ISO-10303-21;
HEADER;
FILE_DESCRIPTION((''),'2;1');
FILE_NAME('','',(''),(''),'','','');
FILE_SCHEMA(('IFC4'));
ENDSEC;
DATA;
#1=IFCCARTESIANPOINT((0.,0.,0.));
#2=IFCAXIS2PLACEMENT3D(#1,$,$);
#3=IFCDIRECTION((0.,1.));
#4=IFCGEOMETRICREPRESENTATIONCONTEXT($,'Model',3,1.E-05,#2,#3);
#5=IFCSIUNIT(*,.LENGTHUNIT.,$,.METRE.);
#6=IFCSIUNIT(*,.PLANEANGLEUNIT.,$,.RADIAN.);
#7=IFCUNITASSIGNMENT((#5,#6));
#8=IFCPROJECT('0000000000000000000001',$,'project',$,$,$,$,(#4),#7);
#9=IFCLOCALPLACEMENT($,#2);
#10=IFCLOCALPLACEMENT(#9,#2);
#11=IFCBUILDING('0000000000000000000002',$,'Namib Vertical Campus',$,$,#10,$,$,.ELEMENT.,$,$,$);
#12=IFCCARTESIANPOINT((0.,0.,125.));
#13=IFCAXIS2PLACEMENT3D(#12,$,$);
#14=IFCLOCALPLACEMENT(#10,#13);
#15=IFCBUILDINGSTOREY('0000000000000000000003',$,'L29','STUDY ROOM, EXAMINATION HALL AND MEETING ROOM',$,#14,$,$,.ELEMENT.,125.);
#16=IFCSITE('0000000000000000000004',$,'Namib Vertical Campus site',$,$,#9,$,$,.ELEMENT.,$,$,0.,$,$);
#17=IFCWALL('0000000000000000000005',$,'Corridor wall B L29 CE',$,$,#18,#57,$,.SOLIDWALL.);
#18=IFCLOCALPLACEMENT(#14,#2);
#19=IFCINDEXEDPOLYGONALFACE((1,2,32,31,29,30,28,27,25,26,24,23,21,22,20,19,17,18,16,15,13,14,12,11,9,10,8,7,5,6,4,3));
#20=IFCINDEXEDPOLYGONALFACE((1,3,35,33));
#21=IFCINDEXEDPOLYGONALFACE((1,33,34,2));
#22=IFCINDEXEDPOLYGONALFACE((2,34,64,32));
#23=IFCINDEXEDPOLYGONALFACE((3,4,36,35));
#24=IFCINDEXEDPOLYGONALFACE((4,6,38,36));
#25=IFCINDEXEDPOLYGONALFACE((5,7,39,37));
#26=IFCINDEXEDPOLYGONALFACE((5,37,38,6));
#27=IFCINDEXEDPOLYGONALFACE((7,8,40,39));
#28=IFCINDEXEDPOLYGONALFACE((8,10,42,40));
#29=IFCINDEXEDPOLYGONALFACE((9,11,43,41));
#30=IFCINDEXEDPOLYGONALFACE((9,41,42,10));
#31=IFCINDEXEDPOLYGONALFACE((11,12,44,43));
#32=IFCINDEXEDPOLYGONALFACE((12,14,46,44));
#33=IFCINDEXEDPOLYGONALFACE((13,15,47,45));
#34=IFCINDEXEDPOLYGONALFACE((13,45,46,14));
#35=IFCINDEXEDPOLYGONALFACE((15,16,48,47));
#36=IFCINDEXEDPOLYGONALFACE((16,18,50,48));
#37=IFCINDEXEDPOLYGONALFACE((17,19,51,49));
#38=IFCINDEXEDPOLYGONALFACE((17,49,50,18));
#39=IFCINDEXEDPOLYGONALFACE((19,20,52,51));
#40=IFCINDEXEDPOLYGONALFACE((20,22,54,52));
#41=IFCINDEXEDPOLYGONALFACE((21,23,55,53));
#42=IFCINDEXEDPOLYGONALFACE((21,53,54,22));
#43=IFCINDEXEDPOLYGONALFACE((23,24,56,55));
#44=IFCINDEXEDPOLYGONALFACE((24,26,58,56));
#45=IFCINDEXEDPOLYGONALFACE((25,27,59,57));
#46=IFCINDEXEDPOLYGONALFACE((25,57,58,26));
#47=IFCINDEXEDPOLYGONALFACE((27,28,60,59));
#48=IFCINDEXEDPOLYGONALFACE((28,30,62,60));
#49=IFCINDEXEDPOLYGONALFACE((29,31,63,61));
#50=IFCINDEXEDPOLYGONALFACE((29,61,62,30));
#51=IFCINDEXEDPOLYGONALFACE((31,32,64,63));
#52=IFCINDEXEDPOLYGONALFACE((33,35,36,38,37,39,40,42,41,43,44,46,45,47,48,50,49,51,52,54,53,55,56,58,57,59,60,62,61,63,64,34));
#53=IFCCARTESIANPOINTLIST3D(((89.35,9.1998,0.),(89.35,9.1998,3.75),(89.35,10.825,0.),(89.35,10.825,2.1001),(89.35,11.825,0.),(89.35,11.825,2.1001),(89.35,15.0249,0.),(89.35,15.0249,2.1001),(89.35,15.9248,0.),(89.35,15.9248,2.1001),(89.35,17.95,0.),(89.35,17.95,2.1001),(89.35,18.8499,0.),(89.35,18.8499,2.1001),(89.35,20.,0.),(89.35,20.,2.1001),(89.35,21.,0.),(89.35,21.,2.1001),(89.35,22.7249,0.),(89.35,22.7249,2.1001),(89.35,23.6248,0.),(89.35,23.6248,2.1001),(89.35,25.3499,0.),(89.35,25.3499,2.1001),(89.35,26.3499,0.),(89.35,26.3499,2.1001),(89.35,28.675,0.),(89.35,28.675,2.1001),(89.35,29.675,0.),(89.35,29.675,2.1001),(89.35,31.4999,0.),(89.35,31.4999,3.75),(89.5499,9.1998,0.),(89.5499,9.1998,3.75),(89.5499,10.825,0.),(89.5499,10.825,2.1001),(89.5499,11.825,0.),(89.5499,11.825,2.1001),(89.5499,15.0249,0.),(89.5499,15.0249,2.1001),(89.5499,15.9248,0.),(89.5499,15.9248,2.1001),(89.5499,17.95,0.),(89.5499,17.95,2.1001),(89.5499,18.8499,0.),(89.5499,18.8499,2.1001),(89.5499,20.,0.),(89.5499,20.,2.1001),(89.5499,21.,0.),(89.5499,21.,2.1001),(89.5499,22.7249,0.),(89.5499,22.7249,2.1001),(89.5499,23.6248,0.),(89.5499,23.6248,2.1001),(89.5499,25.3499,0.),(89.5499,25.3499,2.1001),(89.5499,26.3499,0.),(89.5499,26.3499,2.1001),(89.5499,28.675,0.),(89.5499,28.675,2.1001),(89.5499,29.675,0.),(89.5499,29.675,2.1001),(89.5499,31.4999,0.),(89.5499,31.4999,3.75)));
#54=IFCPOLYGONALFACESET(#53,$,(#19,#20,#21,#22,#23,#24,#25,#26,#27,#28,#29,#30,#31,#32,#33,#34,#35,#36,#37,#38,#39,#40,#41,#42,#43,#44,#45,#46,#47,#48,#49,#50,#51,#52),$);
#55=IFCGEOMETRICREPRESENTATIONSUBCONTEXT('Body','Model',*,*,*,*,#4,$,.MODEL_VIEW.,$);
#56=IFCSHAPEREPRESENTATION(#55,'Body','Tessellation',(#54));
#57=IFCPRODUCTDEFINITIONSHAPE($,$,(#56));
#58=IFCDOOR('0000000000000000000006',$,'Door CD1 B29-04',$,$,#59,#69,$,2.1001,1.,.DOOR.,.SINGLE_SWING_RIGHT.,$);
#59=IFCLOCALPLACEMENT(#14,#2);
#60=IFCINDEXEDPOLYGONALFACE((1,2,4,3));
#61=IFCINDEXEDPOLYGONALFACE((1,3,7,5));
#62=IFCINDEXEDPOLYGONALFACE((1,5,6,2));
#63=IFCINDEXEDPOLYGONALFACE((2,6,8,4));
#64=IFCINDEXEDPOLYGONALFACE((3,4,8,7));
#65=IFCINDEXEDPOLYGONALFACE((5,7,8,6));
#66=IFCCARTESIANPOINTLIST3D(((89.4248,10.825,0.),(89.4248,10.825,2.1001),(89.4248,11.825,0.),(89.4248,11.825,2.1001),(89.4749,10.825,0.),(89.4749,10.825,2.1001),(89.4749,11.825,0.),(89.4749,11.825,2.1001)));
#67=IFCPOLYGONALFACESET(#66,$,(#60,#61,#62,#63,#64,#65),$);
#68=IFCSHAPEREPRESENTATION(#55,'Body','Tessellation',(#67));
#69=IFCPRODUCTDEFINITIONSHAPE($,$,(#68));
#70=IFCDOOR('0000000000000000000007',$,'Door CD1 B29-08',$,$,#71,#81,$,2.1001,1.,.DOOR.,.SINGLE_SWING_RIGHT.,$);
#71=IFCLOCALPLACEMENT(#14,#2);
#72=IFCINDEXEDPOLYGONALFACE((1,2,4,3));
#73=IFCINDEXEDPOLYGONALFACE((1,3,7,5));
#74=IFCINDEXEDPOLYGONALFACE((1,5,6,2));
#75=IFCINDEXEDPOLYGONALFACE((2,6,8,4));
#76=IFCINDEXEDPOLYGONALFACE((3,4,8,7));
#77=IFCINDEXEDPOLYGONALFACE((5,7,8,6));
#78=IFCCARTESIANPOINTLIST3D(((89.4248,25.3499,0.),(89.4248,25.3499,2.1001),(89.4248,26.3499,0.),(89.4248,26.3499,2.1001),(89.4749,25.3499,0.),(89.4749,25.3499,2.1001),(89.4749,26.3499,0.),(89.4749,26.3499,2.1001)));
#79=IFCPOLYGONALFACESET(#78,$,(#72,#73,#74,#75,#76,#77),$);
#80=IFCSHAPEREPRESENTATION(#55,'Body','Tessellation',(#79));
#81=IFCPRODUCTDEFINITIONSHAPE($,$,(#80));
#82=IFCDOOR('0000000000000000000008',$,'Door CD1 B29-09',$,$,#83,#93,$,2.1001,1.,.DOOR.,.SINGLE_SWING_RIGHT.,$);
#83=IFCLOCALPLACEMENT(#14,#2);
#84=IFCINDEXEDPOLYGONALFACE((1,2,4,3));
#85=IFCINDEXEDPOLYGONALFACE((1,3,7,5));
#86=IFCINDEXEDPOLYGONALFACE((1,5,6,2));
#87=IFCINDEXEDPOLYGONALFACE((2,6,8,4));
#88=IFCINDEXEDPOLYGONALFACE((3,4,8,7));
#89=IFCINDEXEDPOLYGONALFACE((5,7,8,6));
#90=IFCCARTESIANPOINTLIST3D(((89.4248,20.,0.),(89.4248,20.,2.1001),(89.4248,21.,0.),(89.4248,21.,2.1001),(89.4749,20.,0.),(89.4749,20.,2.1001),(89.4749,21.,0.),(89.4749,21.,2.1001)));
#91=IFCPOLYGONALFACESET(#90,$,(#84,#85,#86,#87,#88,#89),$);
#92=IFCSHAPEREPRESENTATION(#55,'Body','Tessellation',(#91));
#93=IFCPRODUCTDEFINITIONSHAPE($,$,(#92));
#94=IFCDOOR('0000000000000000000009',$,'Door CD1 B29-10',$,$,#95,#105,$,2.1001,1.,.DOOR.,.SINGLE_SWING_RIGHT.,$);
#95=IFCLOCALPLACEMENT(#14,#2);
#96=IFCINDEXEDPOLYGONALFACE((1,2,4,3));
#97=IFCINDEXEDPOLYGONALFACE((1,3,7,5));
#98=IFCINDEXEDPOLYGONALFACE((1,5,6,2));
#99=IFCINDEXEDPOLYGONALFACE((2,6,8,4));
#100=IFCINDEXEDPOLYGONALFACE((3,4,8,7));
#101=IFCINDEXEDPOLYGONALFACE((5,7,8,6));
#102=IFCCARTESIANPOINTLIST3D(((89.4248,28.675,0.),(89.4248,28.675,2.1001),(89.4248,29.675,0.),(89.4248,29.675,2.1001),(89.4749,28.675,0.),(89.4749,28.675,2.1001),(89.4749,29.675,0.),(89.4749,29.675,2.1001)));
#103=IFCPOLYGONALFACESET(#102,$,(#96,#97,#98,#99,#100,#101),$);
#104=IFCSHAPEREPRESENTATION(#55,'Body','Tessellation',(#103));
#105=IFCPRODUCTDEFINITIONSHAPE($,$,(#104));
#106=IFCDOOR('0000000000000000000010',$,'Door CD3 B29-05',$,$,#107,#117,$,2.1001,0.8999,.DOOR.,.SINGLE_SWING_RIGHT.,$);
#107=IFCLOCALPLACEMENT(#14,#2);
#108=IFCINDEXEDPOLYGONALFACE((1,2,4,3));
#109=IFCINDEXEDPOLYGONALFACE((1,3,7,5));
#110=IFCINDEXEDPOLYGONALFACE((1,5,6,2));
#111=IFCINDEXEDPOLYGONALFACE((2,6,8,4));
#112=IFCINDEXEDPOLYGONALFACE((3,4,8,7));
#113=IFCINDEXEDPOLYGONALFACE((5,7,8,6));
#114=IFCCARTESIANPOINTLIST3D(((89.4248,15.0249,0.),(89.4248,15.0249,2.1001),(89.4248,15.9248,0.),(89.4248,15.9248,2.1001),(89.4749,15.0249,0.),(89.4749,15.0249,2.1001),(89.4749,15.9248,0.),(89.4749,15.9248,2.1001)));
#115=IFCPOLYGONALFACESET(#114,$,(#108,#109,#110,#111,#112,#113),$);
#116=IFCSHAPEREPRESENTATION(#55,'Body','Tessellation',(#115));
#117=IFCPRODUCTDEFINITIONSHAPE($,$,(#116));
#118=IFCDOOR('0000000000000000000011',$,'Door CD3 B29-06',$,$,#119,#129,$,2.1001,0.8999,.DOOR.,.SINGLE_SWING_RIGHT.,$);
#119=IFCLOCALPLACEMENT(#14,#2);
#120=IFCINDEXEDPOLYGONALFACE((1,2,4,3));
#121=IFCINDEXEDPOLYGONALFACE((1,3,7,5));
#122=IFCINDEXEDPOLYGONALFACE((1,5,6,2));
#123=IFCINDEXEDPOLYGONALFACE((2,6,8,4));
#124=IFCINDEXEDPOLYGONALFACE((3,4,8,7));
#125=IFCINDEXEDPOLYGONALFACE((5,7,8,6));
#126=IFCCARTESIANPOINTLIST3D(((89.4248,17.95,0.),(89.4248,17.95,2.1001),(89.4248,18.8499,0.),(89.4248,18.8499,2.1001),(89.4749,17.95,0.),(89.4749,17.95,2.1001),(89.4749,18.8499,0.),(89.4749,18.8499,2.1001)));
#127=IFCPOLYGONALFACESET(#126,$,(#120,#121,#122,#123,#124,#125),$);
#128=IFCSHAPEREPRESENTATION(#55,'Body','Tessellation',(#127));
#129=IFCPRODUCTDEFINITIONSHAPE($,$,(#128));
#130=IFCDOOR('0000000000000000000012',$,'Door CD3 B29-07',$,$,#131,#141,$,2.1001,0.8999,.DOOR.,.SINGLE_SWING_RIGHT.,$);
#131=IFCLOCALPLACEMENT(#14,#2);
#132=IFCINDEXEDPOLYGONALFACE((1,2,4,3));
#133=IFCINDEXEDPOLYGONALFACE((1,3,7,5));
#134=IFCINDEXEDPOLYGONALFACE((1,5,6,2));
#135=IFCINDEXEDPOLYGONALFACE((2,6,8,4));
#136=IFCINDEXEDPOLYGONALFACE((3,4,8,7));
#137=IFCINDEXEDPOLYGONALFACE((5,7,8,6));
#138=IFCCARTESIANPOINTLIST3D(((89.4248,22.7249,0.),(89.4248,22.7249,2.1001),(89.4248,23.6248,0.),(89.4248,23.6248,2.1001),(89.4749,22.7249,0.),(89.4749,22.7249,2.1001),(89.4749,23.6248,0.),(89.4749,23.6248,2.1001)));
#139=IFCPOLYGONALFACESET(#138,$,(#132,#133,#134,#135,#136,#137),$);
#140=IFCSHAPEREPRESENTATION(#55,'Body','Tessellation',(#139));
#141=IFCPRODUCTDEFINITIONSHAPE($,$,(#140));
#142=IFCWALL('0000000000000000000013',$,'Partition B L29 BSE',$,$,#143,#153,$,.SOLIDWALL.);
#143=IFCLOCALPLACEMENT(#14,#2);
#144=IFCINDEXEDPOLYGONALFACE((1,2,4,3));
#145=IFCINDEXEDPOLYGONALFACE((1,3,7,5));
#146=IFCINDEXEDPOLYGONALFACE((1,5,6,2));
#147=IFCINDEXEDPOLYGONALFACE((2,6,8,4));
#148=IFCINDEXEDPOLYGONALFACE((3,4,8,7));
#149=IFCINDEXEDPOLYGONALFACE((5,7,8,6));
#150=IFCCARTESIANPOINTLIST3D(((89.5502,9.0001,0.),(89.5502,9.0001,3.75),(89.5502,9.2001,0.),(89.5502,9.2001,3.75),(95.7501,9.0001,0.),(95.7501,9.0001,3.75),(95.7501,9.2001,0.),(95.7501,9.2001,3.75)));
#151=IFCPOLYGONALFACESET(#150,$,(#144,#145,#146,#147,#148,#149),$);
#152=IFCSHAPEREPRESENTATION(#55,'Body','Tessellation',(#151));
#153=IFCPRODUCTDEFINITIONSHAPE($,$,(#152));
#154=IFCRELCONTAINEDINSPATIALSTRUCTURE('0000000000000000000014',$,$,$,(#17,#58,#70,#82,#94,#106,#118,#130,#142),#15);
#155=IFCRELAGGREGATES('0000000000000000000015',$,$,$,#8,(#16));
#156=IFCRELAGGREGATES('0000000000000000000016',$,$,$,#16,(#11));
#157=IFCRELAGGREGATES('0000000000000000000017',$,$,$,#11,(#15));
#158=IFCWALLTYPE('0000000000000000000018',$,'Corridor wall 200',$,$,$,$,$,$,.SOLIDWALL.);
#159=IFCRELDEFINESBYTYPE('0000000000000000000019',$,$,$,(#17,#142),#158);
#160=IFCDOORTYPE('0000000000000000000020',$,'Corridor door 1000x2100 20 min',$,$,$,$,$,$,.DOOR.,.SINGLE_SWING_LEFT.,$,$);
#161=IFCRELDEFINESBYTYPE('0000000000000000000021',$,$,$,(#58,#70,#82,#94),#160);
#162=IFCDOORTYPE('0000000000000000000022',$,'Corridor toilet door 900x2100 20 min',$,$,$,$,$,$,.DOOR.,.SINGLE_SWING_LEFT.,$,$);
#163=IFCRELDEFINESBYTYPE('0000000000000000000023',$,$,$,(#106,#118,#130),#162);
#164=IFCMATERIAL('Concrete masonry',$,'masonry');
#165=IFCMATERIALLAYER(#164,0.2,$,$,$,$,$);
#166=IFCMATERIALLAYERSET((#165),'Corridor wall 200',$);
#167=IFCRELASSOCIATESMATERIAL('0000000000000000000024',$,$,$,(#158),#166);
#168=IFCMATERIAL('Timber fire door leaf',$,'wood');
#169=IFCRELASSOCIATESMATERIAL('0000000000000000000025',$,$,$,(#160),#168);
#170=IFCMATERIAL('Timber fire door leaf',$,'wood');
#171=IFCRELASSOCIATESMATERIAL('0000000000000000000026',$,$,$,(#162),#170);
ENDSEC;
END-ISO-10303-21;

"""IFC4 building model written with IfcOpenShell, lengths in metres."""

from ifc_helpers import new_model, si_unit, direction, frame, frame_2d, origin, place, context, subcontext, project, spatial, rectangle, extrude, material, layer, layer_set, type_object, element, fill, save


model = new_model("IFC4")

# Units and contexts
model_context = context("Model", 3, precision=1e-05, world=origin(), true_north=direction((0.0, 1.0)))
body_context = subcontext(model_context, "Body", "Model", "MODEL_VIEW")
ifc_project = project(units=[si_unit("LENGTHUNIT", "METRE"), si_unit("PLANEANGLEUNIT", "RADIAN")], contexts=[model_context])

# Site, building, storey
site_placement = place(None, origin())
site = spatial("IfcSite", under=ifc_project, at=site_placement, Name="Namib Vertical Campus site", CompositionType="ELEMENT", RefElevation=0.0)
building_placement = place(site_placement, origin())
building = spatial("IfcBuilding", under=site, at=building_placement, Name="Namib Vertical Campus", CompositionType="ELEMENT")
storey_placement = place(building_placement, frame((0.0, 0.0, 125.0)))
storey = spatial("IfcBuildingStorey", under=building, at=storey_placement, Name="L29", Description="STUDY ROOM, EXAMINATION HALL AND MEETING ROOM", CompositionType="ELEMENT", Elevation=125.0)

# Wall, openings, doors
ifc_material_1 = material(Name="Concrete masonry", Category="masonry")
ifc_layer_1 = layer(ifc_material_1, 0.2)
ifc_layer_set_1 = layer_set([ifc_layer_1], Name="Corridor wall 200")
wall_type_1 = type_object("IfcWallType", Name="Corridor wall 200", PredefinedType="SOLIDWALL", material=ifc_layer_set_1)
wall_1_placement = place(storey_placement, frame((89.45, 9.2, 0.0), z_axis=(0.0, 0.0, 1.0), x_axis=(0.0, 1.0, 0.0)))
wall_1 = element("IfcWall", 1, at=wall_1_placement, inside=storey, type_object=wall_type_1, Name="Corridor wall B L29 CE", PredefinedType="SOLIDWALL", context=body_context, shape_type="SweptSolid", body=[
    extrude(rectangle(XDim=22.3, YDim=0.2, at=frame_2d((11.1499, 0.0))), origin(), (0.0, 0.0, 1.0), 3.75),
])
opening_1_placement = place(wall_1_placement, frame((1.625, 0.0, 0.0)))
opening_1 = element("IfcOpeningElement", 2, at=opening_1_placement, cuts=wall_1, PredefinedType="OPENING", context=body_context, shape_type="SweptSolid", body=[
    extrude(rectangle(XDim=1.0, YDim=2.1001, at=frame_2d((0.5, 1.05))), frame((0.0, 0.1099, 0.0), z_axis=(0.0, -1.0, 0.0), x_axis=(1.0, 0.0, 0.0)), (0.0, 0.0, 1.0), 0.22),
])
opening_2_placement = place(wall_1_placement, frame((5.825, 0.0, 0.0)))
opening_2 = element("IfcOpeningElement", 3, at=opening_2_placement, cuts=wall_1, PredefinedType="OPENING", context=body_context, shape_type="SweptSolid", body=[
    extrude(rectangle(XDim=0.8999, YDim=2.1001, at=frame_2d((0.45, 1.05))), frame((0.0, 0.1099, 0.0), z_axis=(0.0, -1.0, 0.0), x_axis=(1.0, 0.0, 0.0)), (0.0, 0.0, 1.0), 0.22),
])
opening_3_placement = place(wall_1_placement, frame((8.75, 0.0, 0.0)))
opening_3 = element("IfcOpeningElement", 4, at=opening_3_placement, cuts=wall_1, PredefinedType="OPENING", context=body_context, shape_type="SweptSolid", body=[
    extrude(rectangle(XDim=0.8999, YDim=2.1001, at=frame_2d((0.45, 1.05))), frame((0.0, 0.1099, 0.0), z_axis=(0.0, -1.0, 0.0), x_axis=(1.0, 0.0, 0.0)), (0.0, 0.0, 1.0), 0.22),
])
opening_4_placement = place(wall_1_placement, frame((13.5249, 0.0, 0.0)))
opening_4 = element("IfcOpeningElement", 5, at=opening_4_placement, cuts=wall_1, PredefinedType="OPENING", context=body_context, shape_type="SweptSolid", body=[
    extrude(rectangle(XDim=0.8999, YDim=2.1001, at=frame_2d((0.45, 1.05))), frame((0.0, 0.1099, 0.0), z_axis=(0.0, -1.0, 0.0), x_axis=(1.0, 0.0, 0.0)), (0.0, 0.0, 1.0), 0.22),
])
opening_5_placement = place(wall_1_placement, frame((16.1499, 0.0, 0.0)))
opening_5 = element("IfcOpeningElement", 6, at=opening_5_placement, cuts=wall_1, PredefinedType="OPENING", context=body_context, shape_type="SweptSolid", body=[
    extrude(rectangle(XDim=1.0, YDim=2.1001, at=frame_2d((0.5, 1.05))), frame((0.0, 0.1099, 0.0), z_axis=(0.0, -1.0, 0.0), x_axis=(1.0, 0.0, 0.0)), (0.0, 0.0, 1.0), 0.22),
])
opening_6_placement = place(wall_1_placement, frame((10.8, 0.0, 0.0)))
opening_6 = element("IfcOpeningElement", 7, at=opening_6_placement, cuts=wall_1, PredefinedType="OPENING", context=body_context, shape_type="SweptSolid", body=[
    extrude(rectangle(XDim=1.0, YDim=2.1001, at=frame_2d((0.5, 1.05))), frame((0.0, 0.1099, 0.0), z_axis=(0.0, -1.0, 0.0), x_axis=(1.0, 0.0, 0.0)), (0.0, 0.0, 1.0), 0.22),
])
opening_7_placement = place(wall_1_placement, frame((19.4751, 0.0, 0.0)))
opening_7 = element("IfcOpeningElement", 8, at=opening_7_placement, cuts=wall_1, PredefinedType="OPENING", context=body_context, shape_type="SweptSolid", body=[
    extrude(rectangle(XDim=1.0, YDim=2.1001, at=frame_2d((0.5, 1.05))), frame((0.0, 0.1099, 0.0), z_axis=(0.0, -1.0, 0.0), x_axis=(1.0, 0.0, 0.0)), (0.0, 0.0, 1.0), 0.22),
])
ifc_material_2 = material(Name="Timber fire door leaf", Category="wood")
door_type_1 = type_object("IfcDoorType", Name="Corridor door 1000x2100 20 min", OperationType="SINGLE_SWING_LEFT", PredefinedType="DOOR", material=ifc_material_2)
door_1_placement = place(opening_1_placement, frame((1.0, 0.0, 0.0), z_axis=(0.0, 0.0, 1.0), x_axis=(-1.0, 0.0, 0.0)))
door_1 = element("IfcDoor", 9, at=door_1_placement, inside=storey, type_object=door_type_1, Name="Door CD1 B29-04", OperationType="SINGLE_SWING_RIGHT", OverallHeight=2.1001, OverallWidth=1.0, PredefinedType="DOOR", context=body_context, shape_type="SweptSolid", body=[
    extrude(rectangle(XDim=1.0, YDim=2.1001, at=frame_2d((0.5, 1.05))), frame((0.0, 0.0249, 0.0), z_axis=(0.0, -1.0, 0.0), x_axis=(1.0, 0.0, 0.0)), (0.0, 0.0, 1.0), 0.05),
])
fill(opening_1, door_1)
door_2_placement = place(opening_5_placement, frame((1.0, 0.0, 0.0), z_axis=(0.0, 0.0, 1.0), x_axis=(-1.0, 0.0, 0.0)))
door_2 = element("IfcDoor", 10, at=door_2_placement, inside=storey, type_object=door_type_1, Name="Door CD1 B29-08", OperationType="SINGLE_SWING_RIGHT", OverallHeight=2.1001, OverallWidth=1.0, PredefinedType="DOOR", context=body_context, shape_type="SweptSolid", body=[
    extrude(rectangle(XDim=1.0, YDim=2.1001, at=frame_2d((0.5, 1.05))), frame((0.0, 0.0249, 0.0), z_axis=(0.0, -1.0, 0.0), x_axis=(1.0, 0.0, 0.0)), (0.0, 0.0, 1.0), 0.05),
])
fill(opening_5, door_2)
door_3_placement = place(opening_6_placement, frame((1.0, 0.0, 0.0), z_axis=(0.0, 0.0, 1.0), x_axis=(-1.0, 0.0, 0.0)))
door_3 = element("IfcDoor", 11, at=door_3_placement, inside=storey, type_object=door_type_1, Name="Door CD1 B29-09", OperationType="SINGLE_SWING_RIGHT", OverallHeight=2.1001, OverallWidth=1.0, PredefinedType="DOOR", context=body_context, shape_type="SweptSolid", body=[
    extrude(rectangle(XDim=1.0, YDim=2.1001, at=frame_2d((0.5, 1.05))), frame((0.0, 0.0249, 0.0), z_axis=(0.0, -1.0, 0.0), x_axis=(1.0, 0.0, 0.0)), (0.0, 0.0, 1.0), 0.05),
])
fill(opening_6, door_3)
door_4_placement = place(opening_7_placement, frame((1.0, 0.0, 0.0), z_axis=(0.0, 0.0, 1.0), x_axis=(-1.0, 0.0, 0.0)))
door_4 = element("IfcDoor", 12, at=door_4_placement, inside=storey, type_object=door_type_1, Name="Door CD1 B29-10", OperationType="SINGLE_SWING_RIGHT", OverallHeight=2.1001, OverallWidth=1.0, PredefinedType="DOOR", context=body_context, shape_type="SweptSolid", body=[
    extrude(rectangle(XDim=1.0, YDim=2.1001, at=frame_2d((0.5, 1.05))), frame((0.0, 0.0249, 0.0), z_axis=(0.0, -1.0, 0.0), x_axis=(1.0, 0.0, 0.0)), (0.0, 0.0, 1.0), 0.05),
])
fill(opening_7, door_4)
ifc_material_3 = material(Name="Timber fire door leaf", Category="wood")
door_type_2 = type_object("IfcDoorType", Name="Corridor toilet door 900x2100 20 min", OperationType="SINGLE_SWING_LEFT", PredefinedType="DOOR", material=ifc_material_3)
door_5_placement = place(opening_2_placement, frame((0.8999, 0.0, 0.0), z_axis=(0.0, 0.0, 1.0), x_axis=(-1.0, 0.0, 0.0)))
door_5 = element("IfcDoor", 13, at=door_5_placement, inside=storey, type_object=door_type_2, Name="Door CD3 B29-05", OperationType="SINGLE_SWING_RIGHT", OverallHeight=2.1001, OverallWidth=0.8999, PredefinedType="DOOR", context=body_context, shape_type="SweptSolid", body=[
    extrude(rectangle(XDim=0.8999, YDim=2.1001, at=frame_2d((0.45, 1.05))), frame((0.0, 0.0249, 0.0), z_axis=(0.0, -1.0, 0.0), x_axis=(1.0, 0.0, 0.0)), (0.0, 0.0, 1.0), 0.05),
])
fill(opening_2, door_5)
door_6_placement = place(opening_3_placement, frame((0.8999, 0.0, 0.0), z_axis=(0.0, 0.0, 1.0), x_axis=(-1.0, 0.0, 0.0)))
door_6 = element("IfcDoor", 14, at=door_6_placement, inside=storey, type_object=door_type_2, Name="Door CD3 B29-06", OperationType="SINGLE_SWING_RIGHT", OverallHeight=2.1001, OverallWidth=0.8999, PredefinedType="DOOR", context=body_context, shape_type="SweptSolid", body=[
    extrude(rectangle(XDim=0.8999, YDim=2.1001, at=frame_2d((0.45, 1.05))), frame((0.0, 0.0249, 0.0), z_axis=(0.0, -1.0, 0.0), x_axis=(1.0, 0.0, 0.0)), (0.0, 0.0, 1.0), 0.05),
])
fill(opening_3, door_6)
door_7_placement = place(opening_4_placement, frame((0.8999, 0.0, 0.0), z_axis=(0.0, 0.0, 1.0), x_axis=(-1.0, 0.0, 0.0)))
door_7 = element("IfcDoor", 15, at=door_7_placement, inside=storey, type_object=door_type_2, Name="Door CD3 B29-07", OperationType="SINGLE_SWING_RIGHT", OverallHeight=2.1001, OverallWidth=0.8999, PredefinedType="DOOR", context=body_context, shape_type="SweptSolid", body=[
    extrude(rectangle(XDim=0.8999, YDim=2.1001, at=frame_2d((0.45, 1.05))), frame((0.0, 0.0249, 0.0), z_axis=(0.0, -1.0, 0.0), x_axis=(1.0, 0.0, 0.0)), (0.0, 0.0, 1.0), 0.05),
])
fill(opening_4, door_7)

# Wall
wall_2_placement = place(storey_placement, frame((89.55, 9.1001, 0.0), z_axis=(0.0, 0.0, 1.0), x_axis=(1.0, 0.0, 0.0)))
element("IfcWall", 16, at=wall_2_placement, inside=storey, type_object=wall_type_1, Name="Partition B L29 BSE", PredefinedType="SOLIDWALL", context=body_context, shape_type="SweptSolid", body=[
    extrude(rectangle(XDim=6.2, YDim=0.2, at=frame_2d((3.1001, 0.0))), origin(), (0.0, 0.0, 1.0), 3.75),
])

save(model, "model.ifc")
